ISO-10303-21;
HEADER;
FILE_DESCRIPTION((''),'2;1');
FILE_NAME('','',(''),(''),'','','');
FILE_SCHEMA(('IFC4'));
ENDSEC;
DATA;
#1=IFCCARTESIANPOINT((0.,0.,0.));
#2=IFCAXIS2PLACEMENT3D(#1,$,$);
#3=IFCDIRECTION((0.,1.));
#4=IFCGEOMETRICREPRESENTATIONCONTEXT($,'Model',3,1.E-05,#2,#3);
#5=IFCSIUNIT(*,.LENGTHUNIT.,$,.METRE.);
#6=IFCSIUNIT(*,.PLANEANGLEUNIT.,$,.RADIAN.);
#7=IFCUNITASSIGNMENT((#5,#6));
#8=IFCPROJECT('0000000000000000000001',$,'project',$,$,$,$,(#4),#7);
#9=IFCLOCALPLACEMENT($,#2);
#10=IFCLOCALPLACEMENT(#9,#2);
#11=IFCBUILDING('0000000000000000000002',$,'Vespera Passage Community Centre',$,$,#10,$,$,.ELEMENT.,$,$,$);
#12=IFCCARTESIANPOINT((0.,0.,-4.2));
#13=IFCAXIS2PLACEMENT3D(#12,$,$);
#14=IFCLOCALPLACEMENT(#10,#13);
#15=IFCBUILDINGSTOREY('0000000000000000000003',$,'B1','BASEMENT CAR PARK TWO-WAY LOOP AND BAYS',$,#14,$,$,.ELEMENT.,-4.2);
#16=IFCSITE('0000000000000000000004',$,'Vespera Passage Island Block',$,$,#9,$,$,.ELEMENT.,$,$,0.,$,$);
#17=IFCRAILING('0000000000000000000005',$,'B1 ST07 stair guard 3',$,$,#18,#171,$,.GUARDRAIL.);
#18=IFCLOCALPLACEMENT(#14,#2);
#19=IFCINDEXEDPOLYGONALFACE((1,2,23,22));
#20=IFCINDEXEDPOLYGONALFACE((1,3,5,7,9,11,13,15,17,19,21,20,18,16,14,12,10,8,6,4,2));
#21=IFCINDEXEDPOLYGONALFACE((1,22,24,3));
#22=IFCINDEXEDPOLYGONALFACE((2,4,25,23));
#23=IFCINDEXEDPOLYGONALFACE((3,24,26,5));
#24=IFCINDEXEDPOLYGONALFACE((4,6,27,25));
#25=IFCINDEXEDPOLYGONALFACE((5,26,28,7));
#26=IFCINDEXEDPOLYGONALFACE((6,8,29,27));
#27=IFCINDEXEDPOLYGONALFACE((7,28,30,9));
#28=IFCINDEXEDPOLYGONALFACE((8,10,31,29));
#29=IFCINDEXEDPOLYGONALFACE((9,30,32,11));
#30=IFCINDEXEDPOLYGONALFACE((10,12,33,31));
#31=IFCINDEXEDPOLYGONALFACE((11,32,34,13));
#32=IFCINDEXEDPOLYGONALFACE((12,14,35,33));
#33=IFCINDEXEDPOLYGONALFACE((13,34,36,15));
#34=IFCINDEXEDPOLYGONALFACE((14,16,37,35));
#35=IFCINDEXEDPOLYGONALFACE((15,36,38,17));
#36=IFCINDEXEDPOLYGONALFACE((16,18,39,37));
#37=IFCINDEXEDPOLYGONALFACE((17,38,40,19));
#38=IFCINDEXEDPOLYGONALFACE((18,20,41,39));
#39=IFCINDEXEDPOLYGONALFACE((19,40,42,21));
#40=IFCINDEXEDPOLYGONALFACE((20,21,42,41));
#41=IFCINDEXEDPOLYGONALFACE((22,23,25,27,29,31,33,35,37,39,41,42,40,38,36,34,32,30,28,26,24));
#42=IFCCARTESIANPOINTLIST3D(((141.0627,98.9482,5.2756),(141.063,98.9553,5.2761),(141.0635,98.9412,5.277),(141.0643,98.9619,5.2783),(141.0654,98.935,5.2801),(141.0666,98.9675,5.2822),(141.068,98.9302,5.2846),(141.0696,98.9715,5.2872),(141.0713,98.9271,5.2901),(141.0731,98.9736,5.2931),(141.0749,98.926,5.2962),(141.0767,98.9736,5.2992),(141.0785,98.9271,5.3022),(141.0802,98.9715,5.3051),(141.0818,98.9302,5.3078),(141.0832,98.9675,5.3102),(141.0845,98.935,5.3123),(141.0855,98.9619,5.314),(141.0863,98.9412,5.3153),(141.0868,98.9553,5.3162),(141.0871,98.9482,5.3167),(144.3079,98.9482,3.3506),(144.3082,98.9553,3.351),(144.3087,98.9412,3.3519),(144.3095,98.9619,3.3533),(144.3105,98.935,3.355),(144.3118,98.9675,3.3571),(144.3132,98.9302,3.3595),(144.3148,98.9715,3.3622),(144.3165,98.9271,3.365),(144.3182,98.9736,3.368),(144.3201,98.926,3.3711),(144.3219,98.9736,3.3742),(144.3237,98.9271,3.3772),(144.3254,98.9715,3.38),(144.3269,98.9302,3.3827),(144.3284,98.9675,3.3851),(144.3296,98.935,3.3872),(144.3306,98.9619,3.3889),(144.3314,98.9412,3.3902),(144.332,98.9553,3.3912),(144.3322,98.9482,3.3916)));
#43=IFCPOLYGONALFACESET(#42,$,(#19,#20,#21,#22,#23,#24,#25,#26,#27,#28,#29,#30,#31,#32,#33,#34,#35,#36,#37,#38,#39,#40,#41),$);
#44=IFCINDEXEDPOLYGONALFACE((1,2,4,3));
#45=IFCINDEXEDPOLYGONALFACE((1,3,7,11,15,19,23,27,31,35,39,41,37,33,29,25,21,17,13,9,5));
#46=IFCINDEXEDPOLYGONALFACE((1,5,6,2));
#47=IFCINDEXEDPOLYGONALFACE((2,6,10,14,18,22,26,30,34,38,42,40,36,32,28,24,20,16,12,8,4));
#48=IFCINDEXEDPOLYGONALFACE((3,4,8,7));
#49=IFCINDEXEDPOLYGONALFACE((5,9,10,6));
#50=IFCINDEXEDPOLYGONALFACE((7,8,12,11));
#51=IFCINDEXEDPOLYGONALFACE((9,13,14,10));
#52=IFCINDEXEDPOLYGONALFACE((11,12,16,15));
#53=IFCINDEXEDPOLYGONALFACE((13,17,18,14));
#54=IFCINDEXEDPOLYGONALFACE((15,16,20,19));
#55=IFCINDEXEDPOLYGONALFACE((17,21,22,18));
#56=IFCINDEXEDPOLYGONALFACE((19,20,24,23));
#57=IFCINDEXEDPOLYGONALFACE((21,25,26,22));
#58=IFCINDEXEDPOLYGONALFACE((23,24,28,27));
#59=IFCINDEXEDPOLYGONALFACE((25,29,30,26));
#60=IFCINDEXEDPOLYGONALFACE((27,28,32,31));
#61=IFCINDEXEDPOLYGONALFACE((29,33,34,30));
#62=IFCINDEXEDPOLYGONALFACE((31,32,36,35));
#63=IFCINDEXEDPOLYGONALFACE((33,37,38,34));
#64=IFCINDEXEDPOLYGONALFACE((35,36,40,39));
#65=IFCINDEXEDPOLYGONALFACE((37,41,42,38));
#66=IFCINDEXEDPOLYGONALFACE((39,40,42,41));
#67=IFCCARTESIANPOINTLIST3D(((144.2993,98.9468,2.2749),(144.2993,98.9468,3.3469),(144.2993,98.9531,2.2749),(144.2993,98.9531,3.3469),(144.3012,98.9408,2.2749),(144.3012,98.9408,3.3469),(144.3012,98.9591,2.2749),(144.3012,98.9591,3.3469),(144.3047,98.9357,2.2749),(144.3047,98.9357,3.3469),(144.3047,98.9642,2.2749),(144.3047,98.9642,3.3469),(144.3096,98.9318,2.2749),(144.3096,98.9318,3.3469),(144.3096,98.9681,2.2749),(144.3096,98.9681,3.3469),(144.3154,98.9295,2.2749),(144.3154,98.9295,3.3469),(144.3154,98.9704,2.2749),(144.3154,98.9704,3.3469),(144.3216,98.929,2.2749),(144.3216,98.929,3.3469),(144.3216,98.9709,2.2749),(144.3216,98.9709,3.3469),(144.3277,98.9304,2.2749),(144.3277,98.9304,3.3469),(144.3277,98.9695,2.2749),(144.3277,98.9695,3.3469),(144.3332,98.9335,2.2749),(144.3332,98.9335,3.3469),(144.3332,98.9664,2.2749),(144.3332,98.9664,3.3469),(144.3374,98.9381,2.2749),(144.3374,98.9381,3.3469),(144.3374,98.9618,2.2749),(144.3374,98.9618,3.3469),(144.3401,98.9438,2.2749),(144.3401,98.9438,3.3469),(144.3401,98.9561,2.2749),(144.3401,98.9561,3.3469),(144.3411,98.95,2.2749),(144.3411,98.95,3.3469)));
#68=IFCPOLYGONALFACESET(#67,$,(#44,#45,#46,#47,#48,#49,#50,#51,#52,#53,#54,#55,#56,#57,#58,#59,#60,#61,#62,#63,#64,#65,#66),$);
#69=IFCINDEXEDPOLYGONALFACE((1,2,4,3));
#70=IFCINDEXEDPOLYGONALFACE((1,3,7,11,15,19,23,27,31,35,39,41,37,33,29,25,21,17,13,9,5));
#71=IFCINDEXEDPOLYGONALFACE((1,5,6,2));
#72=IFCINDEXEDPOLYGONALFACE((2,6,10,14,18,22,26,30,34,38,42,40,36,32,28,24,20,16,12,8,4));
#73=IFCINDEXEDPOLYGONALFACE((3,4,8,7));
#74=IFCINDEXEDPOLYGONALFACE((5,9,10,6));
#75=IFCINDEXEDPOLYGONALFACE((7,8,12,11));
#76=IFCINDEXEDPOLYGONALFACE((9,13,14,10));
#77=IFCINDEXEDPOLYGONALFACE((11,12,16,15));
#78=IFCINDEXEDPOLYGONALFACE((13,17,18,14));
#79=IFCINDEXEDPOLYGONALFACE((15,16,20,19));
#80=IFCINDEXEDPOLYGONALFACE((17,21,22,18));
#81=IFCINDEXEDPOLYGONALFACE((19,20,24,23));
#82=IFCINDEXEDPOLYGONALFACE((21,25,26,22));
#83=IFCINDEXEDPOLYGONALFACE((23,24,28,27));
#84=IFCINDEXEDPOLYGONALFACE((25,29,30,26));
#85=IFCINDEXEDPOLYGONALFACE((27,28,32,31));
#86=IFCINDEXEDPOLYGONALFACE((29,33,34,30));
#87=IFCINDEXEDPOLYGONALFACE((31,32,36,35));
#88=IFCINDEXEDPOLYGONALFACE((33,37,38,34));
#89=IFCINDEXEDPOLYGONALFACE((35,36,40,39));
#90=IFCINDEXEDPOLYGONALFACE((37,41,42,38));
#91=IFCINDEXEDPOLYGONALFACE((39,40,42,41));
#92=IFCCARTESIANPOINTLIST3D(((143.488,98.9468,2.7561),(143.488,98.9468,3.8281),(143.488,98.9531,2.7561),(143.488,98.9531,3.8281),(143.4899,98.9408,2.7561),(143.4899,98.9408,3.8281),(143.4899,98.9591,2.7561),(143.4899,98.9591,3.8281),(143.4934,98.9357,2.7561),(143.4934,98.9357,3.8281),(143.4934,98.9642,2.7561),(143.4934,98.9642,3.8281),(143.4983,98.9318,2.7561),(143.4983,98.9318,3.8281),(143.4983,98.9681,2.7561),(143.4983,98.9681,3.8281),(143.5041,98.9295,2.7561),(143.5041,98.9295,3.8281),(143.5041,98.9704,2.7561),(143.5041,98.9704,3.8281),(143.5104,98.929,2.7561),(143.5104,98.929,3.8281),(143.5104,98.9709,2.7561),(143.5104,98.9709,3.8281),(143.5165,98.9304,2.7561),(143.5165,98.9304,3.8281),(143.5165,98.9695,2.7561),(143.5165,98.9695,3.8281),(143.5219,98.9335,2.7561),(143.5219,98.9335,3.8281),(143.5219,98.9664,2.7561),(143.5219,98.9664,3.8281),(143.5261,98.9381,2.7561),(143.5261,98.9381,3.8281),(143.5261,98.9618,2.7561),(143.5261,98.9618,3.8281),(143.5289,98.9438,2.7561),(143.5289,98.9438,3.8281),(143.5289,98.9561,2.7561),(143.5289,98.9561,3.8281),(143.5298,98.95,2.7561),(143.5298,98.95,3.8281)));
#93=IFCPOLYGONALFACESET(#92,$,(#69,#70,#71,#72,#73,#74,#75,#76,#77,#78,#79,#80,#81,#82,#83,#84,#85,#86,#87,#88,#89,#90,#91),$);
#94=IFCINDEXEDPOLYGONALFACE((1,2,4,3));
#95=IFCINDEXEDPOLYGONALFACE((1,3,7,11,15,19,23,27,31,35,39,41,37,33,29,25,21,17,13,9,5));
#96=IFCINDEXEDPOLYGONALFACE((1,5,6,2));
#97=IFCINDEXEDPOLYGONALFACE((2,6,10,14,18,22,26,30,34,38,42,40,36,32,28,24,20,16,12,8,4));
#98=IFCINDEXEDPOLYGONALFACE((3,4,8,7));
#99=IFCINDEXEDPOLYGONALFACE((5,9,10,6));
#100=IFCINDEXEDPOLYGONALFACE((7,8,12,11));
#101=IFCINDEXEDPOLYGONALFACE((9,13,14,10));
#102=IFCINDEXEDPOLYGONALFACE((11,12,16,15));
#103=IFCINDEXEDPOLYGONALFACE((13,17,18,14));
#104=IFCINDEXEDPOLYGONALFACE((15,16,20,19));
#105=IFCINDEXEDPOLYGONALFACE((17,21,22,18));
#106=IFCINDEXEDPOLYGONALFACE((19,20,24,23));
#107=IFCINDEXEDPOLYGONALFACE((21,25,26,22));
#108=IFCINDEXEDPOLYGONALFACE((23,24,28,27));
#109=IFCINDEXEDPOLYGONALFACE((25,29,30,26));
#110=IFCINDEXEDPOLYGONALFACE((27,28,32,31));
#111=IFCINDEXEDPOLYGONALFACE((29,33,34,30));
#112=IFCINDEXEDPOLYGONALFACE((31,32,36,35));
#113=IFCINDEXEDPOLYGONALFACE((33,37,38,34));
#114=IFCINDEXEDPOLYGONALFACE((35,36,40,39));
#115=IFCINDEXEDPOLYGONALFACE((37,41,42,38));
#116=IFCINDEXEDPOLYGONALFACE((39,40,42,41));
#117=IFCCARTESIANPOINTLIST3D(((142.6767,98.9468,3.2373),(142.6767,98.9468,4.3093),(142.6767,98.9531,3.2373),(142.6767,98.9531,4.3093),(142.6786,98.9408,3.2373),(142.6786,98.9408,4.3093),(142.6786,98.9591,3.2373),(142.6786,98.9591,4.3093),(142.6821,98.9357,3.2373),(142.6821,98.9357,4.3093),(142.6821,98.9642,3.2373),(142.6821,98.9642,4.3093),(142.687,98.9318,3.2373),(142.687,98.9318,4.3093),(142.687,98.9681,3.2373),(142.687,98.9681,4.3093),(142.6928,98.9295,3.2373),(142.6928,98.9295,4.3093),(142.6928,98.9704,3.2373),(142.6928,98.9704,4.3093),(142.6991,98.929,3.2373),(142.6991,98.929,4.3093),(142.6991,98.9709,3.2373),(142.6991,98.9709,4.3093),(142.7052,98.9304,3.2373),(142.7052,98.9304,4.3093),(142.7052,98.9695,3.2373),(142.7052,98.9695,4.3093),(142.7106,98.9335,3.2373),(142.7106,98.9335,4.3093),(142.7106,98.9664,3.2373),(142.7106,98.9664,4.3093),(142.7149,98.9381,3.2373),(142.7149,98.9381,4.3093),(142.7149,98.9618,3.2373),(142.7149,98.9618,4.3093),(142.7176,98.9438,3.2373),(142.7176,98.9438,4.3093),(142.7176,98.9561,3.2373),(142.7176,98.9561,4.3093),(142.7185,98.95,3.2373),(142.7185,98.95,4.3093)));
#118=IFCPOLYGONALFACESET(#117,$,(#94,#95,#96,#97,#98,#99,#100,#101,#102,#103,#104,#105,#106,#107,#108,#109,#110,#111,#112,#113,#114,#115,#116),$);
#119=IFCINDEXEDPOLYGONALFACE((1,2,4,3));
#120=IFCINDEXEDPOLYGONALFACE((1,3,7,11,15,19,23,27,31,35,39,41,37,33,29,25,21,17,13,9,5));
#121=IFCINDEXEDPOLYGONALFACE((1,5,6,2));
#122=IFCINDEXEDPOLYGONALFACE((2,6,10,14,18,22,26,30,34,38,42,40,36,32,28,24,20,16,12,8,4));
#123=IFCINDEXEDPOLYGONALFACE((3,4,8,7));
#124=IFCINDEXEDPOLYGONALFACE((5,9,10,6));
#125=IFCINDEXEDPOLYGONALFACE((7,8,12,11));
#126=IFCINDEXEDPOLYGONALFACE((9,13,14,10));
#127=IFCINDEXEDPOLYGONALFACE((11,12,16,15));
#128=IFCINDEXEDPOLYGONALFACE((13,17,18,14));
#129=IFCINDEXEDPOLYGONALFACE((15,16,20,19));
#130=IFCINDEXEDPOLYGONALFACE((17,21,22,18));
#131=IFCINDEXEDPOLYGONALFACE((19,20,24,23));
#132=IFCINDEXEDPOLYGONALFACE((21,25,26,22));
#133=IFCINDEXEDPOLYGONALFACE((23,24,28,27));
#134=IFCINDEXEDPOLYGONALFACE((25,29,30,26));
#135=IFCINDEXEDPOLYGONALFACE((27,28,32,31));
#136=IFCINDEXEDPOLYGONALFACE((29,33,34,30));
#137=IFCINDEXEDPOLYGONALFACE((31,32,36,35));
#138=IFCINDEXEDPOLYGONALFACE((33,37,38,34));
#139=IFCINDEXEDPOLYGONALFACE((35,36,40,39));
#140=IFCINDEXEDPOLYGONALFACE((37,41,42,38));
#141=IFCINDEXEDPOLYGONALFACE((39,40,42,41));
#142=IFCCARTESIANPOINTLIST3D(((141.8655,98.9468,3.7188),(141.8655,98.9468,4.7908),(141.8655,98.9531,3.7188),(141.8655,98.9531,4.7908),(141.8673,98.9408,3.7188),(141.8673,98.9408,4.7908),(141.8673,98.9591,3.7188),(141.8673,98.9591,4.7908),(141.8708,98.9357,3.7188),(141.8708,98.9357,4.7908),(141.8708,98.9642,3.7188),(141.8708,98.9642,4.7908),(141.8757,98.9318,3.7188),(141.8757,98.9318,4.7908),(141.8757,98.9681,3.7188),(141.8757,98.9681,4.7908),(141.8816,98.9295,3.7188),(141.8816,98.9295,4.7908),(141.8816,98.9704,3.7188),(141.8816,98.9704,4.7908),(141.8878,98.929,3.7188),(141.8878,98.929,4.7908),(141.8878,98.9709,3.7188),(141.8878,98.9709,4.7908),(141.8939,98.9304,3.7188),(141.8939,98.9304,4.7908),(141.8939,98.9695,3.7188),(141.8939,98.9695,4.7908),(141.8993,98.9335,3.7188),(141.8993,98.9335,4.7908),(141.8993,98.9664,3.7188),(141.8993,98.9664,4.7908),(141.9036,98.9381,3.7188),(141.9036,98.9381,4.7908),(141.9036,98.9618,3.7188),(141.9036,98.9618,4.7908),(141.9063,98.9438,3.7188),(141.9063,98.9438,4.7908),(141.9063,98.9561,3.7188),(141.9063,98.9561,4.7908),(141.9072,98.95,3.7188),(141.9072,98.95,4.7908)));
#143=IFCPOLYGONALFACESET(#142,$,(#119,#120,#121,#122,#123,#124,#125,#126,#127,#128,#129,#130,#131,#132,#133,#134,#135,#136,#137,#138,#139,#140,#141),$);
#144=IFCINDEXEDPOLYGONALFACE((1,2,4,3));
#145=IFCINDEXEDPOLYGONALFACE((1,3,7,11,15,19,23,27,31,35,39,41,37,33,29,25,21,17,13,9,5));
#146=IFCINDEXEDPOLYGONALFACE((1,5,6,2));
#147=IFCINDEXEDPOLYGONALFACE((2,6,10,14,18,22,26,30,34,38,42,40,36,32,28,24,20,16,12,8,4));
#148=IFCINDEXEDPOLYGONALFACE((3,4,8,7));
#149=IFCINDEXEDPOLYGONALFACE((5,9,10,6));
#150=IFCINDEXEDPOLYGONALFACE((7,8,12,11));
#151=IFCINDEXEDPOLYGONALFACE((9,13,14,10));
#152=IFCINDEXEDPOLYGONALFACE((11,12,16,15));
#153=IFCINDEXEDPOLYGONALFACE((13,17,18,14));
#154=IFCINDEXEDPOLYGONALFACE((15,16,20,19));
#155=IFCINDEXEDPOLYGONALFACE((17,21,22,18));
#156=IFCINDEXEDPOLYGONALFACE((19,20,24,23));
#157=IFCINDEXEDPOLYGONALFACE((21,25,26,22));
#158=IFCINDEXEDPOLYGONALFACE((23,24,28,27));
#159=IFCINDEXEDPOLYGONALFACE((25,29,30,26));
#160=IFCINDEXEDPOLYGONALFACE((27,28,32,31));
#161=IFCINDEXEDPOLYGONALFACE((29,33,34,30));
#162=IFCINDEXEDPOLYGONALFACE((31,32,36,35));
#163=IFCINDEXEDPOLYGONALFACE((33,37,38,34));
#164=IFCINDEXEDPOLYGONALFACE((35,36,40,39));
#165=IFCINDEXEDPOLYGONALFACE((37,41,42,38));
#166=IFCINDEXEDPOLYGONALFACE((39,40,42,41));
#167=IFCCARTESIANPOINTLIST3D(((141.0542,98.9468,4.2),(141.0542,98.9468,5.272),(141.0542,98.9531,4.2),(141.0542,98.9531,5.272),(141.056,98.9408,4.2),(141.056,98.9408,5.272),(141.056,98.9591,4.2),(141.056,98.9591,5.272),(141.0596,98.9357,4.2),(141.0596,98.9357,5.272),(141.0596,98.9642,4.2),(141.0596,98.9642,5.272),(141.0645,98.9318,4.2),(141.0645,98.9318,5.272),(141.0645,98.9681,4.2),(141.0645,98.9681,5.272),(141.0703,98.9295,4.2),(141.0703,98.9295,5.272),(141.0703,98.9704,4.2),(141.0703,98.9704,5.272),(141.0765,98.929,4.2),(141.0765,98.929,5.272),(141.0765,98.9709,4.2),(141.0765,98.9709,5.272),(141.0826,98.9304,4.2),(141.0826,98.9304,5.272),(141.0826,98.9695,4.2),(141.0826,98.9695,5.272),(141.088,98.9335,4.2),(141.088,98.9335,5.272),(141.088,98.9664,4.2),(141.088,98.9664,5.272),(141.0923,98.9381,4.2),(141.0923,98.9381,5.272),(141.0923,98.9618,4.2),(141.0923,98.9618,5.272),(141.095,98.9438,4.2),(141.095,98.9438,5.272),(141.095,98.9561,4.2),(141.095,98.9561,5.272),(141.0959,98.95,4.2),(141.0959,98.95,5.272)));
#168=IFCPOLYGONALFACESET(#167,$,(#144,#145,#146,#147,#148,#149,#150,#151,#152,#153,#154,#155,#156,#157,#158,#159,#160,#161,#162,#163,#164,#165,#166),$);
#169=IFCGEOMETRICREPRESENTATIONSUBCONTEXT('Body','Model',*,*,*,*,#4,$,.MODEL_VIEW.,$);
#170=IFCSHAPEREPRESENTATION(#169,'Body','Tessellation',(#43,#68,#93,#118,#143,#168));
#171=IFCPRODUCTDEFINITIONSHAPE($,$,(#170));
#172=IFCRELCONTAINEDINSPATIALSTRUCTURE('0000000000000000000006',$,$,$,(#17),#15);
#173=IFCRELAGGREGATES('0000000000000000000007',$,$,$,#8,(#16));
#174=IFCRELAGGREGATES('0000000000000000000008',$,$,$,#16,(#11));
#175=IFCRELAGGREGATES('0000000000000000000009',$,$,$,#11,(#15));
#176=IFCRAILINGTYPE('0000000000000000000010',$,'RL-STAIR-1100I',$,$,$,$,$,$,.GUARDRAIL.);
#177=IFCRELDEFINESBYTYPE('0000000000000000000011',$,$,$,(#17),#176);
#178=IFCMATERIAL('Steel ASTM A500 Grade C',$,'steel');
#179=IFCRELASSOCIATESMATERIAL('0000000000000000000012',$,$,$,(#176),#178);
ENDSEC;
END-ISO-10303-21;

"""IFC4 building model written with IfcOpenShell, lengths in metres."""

from ifc_helpers import new_model, si_unit, direction, frame, origin, origin_2d, place, context, subcontext, project, spatial, circle, extrude, material, type_object, element, save


model = new_model("IFC4")

# Units and contexts
model_context = context("Model", 3, precision=1e-05, world=origin(), true_north=direction((0.0, 1.0)))
body_context = subcontext(model_context, "Body", "Model", "MODEL_VIEW")
ifc_project = project(units=[si_unit("LENGTHUNIT", "METRE"), si_unit("PLANEANGLEUNIT", "RADIAN")], contexts=[model_context])

# Site, building, storey
site_placement = place(None, origin())
site = spatial("IfcSite", under=ifc_project, at=site_placement, Name="Vespera Passage Island Block", CompositionType="ELEMENT", RefElevation=0.0)
building_placement = place(site_placement, origin())
building = spatial("IfcBuilding", under=site, at=building_placement, Name="Vespera Passage Community Centre", CompositionType="ELEMENT")
storey_placement = place(building_placement, frame((0.0, 0.0, -4.2)))
storey = spatial("IfcBuildingStorey", under=building, at=storey_placement, Name="B1", Description="BASEMENT CAR PARK TWO-WAY LOOP AND BAYS", CompositionType="ELEMENT", Elevation=-4.2)

# Railing
ifc_material_1 = material(Name="Steel ASTM A500 Grade C", Category="steel")
railing_type_1 = type_object("IfcRailingType", Name="RL-STAIR-1100I", PredefinedType="GUARDRAIL", material=ifc_material_1)
railing_1_placement = place(storey_placement, frame((144.3201, 98.95, 2.2749)))
element("IfcRailing", 1, at=railing_1_placement, inside=storey, type_object=railing_type_1, Name="B1 ST07 stair guard 3", PredefinedType="GUARDRAIL", context=body_context, shape_type="SweptSolid", body=[
    extrude(circle(Radius=0.0239, at=origin_2d()), frame((0.0, 0.0, 1.0962), z_axis=(-0.860057, 0.0, 0.510198), x_axis=(0.0, -1.0, 0.0)), (0.0, 0.0, 1.0), 3.7732),
    extrude(circle(Radius=0.021, at=origin_2d()), origin(), (0.0, 0.0, 1.0), 1.072),
    extrude(circle(Radius=0.021, at=origin_2d()), frame((-0.8113, 0.0, 0.4812)), (0.0, 0.0, 1.0), 1.072),
    extrude(circle(Radius=0.021, at=origin_2d()), frame((-1.6226, 0.0, 0.9624)), (0.0, 0.0, 1.0), 1.072),
    extrude(circle(Radius=0.021, at=origin_2d()), frame((-2.4338, 0.0, 1.4438)), (0.0, 0.0, 1.0), 1.072),
    extrude(circle(Radius=0.021, at=origin_2d()), frame((-3.2451, 0.0, 1.925)), (0.0, 0.0, 1.0), 1.072),
])

save(model, "model.ifc")
